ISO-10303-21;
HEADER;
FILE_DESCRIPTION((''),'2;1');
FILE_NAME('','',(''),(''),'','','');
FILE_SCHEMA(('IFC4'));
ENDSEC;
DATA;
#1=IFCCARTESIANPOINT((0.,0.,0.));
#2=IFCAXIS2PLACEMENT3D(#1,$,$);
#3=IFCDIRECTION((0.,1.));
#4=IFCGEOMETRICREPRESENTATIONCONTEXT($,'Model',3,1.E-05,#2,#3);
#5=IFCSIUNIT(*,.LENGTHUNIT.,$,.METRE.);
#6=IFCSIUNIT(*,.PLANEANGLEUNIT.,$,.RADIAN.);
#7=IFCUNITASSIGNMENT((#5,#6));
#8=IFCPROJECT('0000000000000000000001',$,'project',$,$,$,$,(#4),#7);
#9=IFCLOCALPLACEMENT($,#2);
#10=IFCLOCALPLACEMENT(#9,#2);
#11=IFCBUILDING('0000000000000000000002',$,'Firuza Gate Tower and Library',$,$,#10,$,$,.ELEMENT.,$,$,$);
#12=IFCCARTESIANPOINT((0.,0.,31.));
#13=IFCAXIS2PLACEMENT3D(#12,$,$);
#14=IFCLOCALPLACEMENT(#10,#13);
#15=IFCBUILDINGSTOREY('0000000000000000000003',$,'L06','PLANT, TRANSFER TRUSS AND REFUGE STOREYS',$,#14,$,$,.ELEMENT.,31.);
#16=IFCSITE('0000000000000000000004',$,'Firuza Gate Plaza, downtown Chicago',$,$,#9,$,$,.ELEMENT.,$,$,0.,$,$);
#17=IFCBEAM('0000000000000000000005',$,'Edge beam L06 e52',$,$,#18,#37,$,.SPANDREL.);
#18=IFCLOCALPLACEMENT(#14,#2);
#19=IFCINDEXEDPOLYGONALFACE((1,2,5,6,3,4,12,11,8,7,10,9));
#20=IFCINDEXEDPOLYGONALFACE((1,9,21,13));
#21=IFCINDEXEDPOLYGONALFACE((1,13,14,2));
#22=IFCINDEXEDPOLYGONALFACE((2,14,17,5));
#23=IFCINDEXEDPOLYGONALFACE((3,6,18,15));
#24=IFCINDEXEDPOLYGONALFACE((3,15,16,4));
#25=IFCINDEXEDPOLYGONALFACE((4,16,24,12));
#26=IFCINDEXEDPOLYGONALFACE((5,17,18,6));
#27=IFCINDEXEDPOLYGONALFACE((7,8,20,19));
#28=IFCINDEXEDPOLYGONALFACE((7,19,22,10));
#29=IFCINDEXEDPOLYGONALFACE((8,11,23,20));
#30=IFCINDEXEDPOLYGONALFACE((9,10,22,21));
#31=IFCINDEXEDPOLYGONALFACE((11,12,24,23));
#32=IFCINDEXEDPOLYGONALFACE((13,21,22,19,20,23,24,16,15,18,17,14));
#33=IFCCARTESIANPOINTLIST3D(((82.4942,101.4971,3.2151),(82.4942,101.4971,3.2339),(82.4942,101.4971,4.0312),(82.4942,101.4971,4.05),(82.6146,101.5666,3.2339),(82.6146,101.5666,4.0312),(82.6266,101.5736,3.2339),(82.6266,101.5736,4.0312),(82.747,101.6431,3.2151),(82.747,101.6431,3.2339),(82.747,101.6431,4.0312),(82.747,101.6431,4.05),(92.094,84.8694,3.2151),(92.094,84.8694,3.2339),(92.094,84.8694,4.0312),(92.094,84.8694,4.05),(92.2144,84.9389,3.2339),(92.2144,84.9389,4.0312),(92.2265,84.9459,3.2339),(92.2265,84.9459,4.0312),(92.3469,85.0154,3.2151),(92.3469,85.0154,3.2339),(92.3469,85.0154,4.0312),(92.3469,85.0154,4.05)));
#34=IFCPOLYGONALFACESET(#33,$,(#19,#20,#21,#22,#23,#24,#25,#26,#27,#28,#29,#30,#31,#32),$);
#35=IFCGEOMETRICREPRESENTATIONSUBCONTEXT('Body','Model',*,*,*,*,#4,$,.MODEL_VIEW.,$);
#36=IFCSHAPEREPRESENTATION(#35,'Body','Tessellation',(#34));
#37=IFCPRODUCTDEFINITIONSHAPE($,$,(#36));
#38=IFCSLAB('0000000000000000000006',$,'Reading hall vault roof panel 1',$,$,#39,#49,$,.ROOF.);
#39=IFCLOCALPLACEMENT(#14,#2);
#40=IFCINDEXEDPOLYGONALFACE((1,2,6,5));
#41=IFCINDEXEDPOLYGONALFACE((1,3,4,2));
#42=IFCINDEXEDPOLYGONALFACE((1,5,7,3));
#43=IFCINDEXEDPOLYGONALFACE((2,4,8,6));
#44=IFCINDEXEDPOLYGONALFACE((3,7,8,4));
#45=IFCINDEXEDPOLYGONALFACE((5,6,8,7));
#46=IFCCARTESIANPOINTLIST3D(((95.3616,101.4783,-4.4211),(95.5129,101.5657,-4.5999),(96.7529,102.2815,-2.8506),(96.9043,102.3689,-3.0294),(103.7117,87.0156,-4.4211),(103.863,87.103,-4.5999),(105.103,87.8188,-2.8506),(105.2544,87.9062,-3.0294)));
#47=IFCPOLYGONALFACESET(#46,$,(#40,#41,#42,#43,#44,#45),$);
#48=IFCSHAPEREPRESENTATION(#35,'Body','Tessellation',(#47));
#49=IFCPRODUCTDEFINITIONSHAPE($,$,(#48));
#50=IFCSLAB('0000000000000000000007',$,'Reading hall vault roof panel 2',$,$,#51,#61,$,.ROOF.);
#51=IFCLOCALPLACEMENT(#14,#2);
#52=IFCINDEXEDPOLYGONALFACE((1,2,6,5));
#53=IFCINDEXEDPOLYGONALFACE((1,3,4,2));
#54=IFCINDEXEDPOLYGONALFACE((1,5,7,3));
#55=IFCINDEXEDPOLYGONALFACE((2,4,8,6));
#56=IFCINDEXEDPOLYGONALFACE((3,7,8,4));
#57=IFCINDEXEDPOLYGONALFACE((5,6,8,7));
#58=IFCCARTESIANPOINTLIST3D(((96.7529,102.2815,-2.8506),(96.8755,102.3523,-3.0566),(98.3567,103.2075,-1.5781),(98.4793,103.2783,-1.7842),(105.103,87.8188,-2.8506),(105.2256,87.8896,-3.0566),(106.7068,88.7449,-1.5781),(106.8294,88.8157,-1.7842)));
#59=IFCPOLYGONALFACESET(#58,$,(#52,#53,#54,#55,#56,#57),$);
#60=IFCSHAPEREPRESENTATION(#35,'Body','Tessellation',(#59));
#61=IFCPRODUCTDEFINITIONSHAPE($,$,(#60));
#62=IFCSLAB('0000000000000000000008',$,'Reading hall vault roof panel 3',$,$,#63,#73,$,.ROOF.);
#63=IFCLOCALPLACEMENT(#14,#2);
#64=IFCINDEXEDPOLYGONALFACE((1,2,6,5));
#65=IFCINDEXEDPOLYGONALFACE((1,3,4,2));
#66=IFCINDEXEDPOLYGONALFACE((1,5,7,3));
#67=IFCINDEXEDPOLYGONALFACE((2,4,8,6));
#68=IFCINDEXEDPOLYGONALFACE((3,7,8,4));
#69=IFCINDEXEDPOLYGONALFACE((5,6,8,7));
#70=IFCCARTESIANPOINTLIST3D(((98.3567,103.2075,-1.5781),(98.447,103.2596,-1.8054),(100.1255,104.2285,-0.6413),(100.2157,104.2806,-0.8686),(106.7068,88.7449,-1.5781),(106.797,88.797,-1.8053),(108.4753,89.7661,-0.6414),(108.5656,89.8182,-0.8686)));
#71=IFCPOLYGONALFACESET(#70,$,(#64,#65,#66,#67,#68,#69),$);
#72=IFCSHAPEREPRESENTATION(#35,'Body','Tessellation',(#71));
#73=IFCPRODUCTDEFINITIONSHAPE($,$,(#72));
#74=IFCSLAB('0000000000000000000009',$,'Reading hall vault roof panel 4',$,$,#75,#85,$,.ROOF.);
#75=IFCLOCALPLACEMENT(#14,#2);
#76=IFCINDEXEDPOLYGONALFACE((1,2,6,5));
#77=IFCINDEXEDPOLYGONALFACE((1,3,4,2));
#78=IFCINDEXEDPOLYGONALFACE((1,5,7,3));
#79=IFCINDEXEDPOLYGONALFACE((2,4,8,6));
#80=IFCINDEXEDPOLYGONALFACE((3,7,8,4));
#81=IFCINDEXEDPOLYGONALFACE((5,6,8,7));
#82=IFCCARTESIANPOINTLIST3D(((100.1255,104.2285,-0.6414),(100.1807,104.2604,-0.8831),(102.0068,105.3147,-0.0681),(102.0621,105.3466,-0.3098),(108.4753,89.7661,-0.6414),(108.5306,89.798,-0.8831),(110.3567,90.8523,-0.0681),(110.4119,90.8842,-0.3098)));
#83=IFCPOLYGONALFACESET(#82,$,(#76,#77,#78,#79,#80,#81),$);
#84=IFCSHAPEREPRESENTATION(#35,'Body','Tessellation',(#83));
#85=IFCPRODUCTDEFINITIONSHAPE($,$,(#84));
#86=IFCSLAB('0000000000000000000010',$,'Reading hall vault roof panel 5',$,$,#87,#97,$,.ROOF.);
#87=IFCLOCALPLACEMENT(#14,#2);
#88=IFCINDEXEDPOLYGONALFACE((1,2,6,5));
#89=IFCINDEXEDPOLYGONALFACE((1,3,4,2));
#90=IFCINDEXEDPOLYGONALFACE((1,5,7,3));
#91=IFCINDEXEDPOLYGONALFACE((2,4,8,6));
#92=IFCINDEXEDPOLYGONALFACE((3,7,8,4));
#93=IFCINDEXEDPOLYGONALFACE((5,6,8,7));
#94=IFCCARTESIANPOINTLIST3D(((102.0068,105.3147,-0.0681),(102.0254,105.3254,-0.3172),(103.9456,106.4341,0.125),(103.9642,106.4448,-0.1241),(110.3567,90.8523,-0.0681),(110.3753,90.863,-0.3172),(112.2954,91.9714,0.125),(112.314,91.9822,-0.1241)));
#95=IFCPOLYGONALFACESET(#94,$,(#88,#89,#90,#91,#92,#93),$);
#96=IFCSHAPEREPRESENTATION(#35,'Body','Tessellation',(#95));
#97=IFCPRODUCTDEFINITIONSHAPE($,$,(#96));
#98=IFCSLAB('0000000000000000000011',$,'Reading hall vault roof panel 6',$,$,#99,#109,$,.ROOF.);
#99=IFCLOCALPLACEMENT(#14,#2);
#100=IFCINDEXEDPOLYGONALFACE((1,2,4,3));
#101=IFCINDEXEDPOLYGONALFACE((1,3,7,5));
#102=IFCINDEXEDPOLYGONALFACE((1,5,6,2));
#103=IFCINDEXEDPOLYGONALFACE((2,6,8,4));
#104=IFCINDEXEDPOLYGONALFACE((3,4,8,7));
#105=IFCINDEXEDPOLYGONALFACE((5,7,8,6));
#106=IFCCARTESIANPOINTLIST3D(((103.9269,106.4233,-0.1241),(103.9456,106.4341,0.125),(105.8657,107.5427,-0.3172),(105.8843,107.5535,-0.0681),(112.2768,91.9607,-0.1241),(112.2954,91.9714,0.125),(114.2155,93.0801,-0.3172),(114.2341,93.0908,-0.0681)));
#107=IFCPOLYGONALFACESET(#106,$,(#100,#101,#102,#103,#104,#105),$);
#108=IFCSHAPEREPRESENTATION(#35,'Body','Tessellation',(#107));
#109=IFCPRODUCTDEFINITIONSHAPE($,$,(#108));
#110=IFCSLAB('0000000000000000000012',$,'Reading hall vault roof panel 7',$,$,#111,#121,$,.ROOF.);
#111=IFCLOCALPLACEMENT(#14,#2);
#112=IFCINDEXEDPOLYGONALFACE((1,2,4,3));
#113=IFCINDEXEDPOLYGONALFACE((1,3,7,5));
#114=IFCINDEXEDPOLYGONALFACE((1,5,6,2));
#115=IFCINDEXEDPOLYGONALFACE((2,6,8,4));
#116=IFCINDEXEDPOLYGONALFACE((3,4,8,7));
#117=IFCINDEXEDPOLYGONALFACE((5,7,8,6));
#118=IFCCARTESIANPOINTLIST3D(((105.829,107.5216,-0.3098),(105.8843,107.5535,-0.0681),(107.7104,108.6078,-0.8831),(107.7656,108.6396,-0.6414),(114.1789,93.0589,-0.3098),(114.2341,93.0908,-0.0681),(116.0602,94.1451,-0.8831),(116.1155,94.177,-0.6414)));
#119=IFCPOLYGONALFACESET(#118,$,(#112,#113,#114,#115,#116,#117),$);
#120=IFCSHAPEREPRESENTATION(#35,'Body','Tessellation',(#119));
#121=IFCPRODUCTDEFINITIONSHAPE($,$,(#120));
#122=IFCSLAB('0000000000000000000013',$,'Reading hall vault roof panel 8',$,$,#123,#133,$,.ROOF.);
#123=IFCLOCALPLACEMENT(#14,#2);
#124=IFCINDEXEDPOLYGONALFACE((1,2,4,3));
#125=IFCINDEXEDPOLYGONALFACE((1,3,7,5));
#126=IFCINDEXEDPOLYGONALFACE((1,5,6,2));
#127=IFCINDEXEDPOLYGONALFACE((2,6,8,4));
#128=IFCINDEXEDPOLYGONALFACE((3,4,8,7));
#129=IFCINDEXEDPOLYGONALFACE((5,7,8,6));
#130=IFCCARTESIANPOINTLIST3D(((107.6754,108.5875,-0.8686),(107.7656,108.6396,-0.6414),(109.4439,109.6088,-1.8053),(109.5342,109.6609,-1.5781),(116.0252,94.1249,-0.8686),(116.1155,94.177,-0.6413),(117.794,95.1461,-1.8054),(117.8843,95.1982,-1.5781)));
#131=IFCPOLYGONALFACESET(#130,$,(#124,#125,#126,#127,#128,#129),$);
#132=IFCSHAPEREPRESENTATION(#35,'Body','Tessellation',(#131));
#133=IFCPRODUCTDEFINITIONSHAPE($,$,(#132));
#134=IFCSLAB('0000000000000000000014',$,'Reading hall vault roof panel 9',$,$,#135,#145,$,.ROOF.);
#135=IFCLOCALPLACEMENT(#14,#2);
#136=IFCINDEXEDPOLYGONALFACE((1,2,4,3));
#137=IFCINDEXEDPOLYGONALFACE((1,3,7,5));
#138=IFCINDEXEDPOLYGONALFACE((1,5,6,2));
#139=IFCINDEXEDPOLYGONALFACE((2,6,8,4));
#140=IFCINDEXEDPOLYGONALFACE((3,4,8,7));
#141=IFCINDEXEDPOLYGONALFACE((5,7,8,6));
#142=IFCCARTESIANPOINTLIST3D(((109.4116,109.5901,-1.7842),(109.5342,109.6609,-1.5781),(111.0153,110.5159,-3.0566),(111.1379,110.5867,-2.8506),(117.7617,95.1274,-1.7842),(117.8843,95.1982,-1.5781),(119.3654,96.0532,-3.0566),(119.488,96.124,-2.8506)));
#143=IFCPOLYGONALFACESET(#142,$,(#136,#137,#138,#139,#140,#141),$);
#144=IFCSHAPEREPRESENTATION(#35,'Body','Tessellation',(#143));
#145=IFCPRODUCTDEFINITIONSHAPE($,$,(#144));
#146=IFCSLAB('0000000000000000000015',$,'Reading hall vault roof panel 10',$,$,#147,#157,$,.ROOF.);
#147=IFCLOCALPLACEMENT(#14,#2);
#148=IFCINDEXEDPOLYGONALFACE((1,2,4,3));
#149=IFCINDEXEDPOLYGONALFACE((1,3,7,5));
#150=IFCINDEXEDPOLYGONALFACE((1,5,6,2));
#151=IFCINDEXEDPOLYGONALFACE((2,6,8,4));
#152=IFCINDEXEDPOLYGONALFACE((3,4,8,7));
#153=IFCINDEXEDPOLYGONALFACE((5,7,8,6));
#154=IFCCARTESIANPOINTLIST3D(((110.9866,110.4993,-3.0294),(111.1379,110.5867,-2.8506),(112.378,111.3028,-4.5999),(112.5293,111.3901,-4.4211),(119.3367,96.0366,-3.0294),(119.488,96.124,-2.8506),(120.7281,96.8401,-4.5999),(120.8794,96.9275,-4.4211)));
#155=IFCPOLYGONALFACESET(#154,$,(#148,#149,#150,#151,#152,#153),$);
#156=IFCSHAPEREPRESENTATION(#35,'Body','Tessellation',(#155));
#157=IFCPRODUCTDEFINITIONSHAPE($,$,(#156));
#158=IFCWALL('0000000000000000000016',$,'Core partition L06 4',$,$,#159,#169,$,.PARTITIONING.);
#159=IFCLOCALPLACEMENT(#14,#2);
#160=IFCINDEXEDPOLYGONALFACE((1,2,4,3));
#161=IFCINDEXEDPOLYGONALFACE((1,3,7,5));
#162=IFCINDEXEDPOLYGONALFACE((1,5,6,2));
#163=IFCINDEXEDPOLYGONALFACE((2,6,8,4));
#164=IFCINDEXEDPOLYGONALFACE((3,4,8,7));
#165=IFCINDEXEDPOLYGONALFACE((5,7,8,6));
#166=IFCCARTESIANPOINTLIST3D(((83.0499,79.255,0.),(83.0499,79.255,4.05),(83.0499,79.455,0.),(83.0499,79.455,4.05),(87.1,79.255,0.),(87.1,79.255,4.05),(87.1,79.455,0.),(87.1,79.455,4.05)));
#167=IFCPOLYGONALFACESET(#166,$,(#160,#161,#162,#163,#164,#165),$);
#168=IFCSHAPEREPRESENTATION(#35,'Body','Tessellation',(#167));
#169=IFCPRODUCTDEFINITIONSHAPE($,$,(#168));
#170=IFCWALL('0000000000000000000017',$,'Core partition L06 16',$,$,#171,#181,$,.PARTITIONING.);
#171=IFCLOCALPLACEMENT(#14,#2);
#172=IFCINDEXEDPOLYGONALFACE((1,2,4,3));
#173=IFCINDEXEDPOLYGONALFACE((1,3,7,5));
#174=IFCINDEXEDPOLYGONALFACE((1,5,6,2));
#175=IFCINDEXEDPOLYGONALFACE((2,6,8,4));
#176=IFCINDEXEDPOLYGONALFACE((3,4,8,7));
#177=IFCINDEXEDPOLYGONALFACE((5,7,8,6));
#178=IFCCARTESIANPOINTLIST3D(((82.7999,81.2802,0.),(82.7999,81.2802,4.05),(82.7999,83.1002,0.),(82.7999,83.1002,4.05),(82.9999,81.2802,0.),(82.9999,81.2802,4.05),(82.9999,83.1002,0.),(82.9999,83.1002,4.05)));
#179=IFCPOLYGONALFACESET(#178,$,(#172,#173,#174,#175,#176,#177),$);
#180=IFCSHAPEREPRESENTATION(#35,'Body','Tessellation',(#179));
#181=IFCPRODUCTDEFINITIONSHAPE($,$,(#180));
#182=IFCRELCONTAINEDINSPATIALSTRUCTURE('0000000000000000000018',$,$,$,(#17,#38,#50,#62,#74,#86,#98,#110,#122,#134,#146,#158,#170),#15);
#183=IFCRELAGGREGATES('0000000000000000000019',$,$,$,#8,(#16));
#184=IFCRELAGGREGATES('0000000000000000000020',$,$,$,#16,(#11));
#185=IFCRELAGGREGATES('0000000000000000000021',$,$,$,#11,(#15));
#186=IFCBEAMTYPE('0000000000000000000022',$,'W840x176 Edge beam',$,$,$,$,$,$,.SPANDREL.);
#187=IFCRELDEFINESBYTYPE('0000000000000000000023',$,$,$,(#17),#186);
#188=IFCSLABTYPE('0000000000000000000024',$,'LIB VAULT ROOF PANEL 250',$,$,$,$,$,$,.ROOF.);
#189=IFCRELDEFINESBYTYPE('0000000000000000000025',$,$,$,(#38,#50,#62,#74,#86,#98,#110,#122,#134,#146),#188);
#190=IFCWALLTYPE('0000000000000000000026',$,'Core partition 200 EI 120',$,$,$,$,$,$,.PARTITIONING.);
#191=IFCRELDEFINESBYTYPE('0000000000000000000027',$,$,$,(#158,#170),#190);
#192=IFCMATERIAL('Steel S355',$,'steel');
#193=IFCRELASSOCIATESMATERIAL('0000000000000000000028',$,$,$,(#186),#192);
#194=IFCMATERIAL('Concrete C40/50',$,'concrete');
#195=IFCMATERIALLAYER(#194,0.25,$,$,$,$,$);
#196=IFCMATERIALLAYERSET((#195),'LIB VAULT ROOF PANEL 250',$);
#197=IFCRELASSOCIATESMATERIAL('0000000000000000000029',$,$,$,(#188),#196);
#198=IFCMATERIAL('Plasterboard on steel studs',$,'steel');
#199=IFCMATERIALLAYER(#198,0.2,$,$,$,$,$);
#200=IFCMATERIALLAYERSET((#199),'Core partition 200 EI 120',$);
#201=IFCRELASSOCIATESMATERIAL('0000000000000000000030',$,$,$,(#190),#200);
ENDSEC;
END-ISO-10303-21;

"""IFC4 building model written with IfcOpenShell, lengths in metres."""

from ifc_helpers import new_model, si_unit, direction, frame, frame_2d, origin, origin_2d, place, context, subcontext, project, spatial, polyline, rectangle, i_section, outline, extrude, material, layer, layer_set, material_profile, profile_set, type_object, element, save


model = new_model("IFC4")

# Units and contexts
model_context = context("Model", 3, precision=1e-05, world=origin(), true_north=direction((0.0, 1.0)))
body_context = subcontext(model_context, "Body", "Model", "MODEL_VIEW")
ifc_project = project(units=[si_unit("LENGTHUNIT", "METRE"), si_unit("PLANEANGLEUNIT", "RADIAN")], contexts=[model_context])

# Site, building, storey
site_placement = place(None, origin())
site = spatial("IfcSite", under=ifc_project, at=site_placement, Name="Firuza Gate Plaza, downtown Chicago", CompositionType="ELEMENT", RefElevation=0.0)
building_placement = place(site_placement, origin())
building = spatial("IfcBuilding", under=site, at=building_placement, Name="Firuza Gate Tower and Library", CompositionType="ELEMENT")
storey_placement = place(building_placement, frame((0.0, 0.0, 31.0)))
storey = spatial("IfcBuildingStorey", under=building, at=storey_placement, Name="L06", Description="PLANT, TRANSFER TRUSS AND REFUGE STOREYS", CompositionType="ELEMENT", Elevation=31.0)

# Beam
ifc_material_1 = material(Name="Steel S355", Category="steel")
ifc_material_profile_1 = material_profile(ifc_material_1, i_section(OverallWidth=0.292, OverallDepth=0.835, WebThickness=0.0139, FlangeThickness=0.0188, at=origin_2d()))
ifc_profile_set_1 = profile_set([ifc_material_profile_1], Name="Steel S355")
beam_type_1 = type_object("IfcBeamType", Name="W840x176 Edge beam", PredefinedType="SPANDREL", material=ifc_profile_set_1)
beam_1_placement = place(storey_placement, frame((92.2205, 84.9424, 3.6326), z_axis=(-0.499994, 0.866029, 0.0), x_axis=(-0.866029, -0.499994, 0.0)))
element("IfcBeam", 1, at=beam_1_placement, inside=storey, type_object=beam_type_1, Name="Edge beam L06 e52", PredefinedType="SPANDREL", context=body_context, shape_type="SweptSolid", body=[
    extrude(i_section(OverallWidth=0.292, OverallDepth=0.835, WebThickness=0.0139, FlangeThickness=0.0188, at=origin_2d()), origin(), (0.0, 0.0, 1.0), 19.2),
])

# Slabs
ifc_material_2 = material(Name="Concrete C40/50", Category="concrete")
ifc_layer_1 = layer(ifc_material_2, 0.25)
ifc_layer_set_1 = layer_set([ifc_layer_1], Name="LIB VAULT ROOF PANEL 250")
slab_type = type_object("IfcSlabType", Name="LIB VAULT ROOF PANEL 250", PredefinedType="ROOF", material=ifc_layer_set_1)
slab_1_placement = place(storey_placement, frame((105.103, 87.8188, -2.8506), z_axis=(-0.605392, -0.349527, 0.715074), x_axis=(-0.500004, 0.866023, 0.0)))
element("IfcSlab", 2, at=slab_1_placement, inside=storey, type_object=slab_type, Name="Reading hall vault roof panel 1", PredefinedType="ROOF", context=body_context, shape_type="SweptSolid", body=[
    extrude(outline(polyline([(0.0, 0.0), (16.7001, 0.0), (16.7001, 2.2467), (0.0001, 2.2467), (0.0, 0.0)])), origin(), (0.0, 0.0, -1.0), 0.25),
])
slab_2_placement = place(storey_placement, frame((106.7068, 88.7449, -1.5781), z_axis=(-0.490437, -0.283157, 0.824193), x_axis=(-0.500004, 0.866023, 0.0)))
element("IfcSlab", 3, at=slab_2_placement, inside=storey, type_object=slab_type, Name="Reading hall vault roof panel 2", PredefinedType="ROOF", context=body_context, shape_type="SweptSolid", body=[
    extrude(outline(polyline([(0.0, 0.0), (16.7001, 0.0), (16.7, 2.2469), (-0.0001, 2.2469), (0.0, 0.0)])), origin(), (0.0, 0.0, -1.0), 0.25),
])
slab_3_placement = place(storey_placement, frame((108.4753, 89.7661, -0.6414), z_axis=(-0.361064, -0.208461, 0.908943), x_axis=(-0.5, 0.866026, 0.000001)))
element("IfcSlab", 4, at=slab_3_placement, inside=storey, type_object=slab_type, Name="Reading hall vault roof panel 3", PredefinedType="ROOF", context=body_context, shape_type="SweptSolid", body=[
    extrude(outline(polyline([(0.0, 0.0), (16.6997, 0.0), (16.6999, 2.2469), (-0.0001, 2.2468), (0.0, 0.0)])), origin(), (0.0, 0.0, -1.0), 0.25),
])
slab_4_placement = place(storey_placement, frame((110.3567, 90.8523, -0.0681), z_axis=(-0.220961, -0.127571, 0.966903), x_axis=(-0.499999, 0.866026, 0.0)))
element("IfcSlab", 5, at=slab_4_placement, inside=storey, type_object=slab_type, Name="Reading hall vault roof panel 4", PredefinedType="ROOF", context=body_context, shape_type="SweptSolid", body=[
    extrude(outline(polyline([(0.0, 0.0), (16.6997, 0.0), (16.6997, 2.2467), (0.0, 2.2467), (0.0, 0.0)])), origin(), (0.0, 0.0, -1.0), 0.25),
])
slab_5_placement = place(storey_placement, frame((112.2954, 91.9714, 0.125), z_axis=(-0.074432, -0.042973, 0.9963), x_axis=(-0.499993, 0.86603, 0.0)))
element("IfcSlab", 6, at=slab_5_placement, inside=storey, type_object=slab_type, Name="Reading hall vault roof panel 5", PredefinedType="ROOF", context=body_context, shape_type="SweptSolid", body=[
    extrude(outline(polyline([(0.0, 0.0), (16.6999, 0.0), (16.6999, 2.247), (0.0001, 2.2469), (0.0, 0.0)])), origin(), (0.0, 0.0, -1.0), 0.25),
])
slab_6_placement = place(storey_placement, frame((114.2341, 93.0908, -0.0681), z_axis=(0.07443, 0.042971, 0.9963), x_axis=(-0.499993, 0.86603, 0.0)))
element("IfcSlab", 7, at=slab_6_placement, inside=storey, type_object=slab_type, Name="Reading hall vault roof panel 6", PredefinedType="ROOF", context=body_context, shape_type="SweptSolid", body=[
    extrude(outline(polyline([(0.0, 0.0), (16.6999, 0.0), (16.6999, 2.247), (-0.0001, 2.247), (0.0, 0.0)])), origin(), (0.0, 0.0, -1.0), 0.25),
])
slab_7_placement = place(storey_placement, frame((116.1155, 94.177, -0.6414), z_axis=(0.220962, 0.12757, 0.966903), x_axis=(-0.499993, 0.86603, 0.0)))
element("IfcSlab", 8, at=slab_7_placement, inside=storey, type_object=slab_type, Name="Reading hall vault roof panel 7", PredefinedType="ROOF", context=body_context, shape_type="SweptSolid", body=[
    extrude(outline(polyline([(0.0, 0.0), (16.6999, 0.0), (16.6999, 2.2467), (0.0, 2.2467), (0.0, 0.0)])), origin(), (0.0, 0.0, -1.0), 0.25),
])
slab_8_placement = place(storey_placement, frame((117.8843, 95.1982, -1.5781), z_axis=(0.361055, 0.208455, 0.908948), x_axis=(-0.500003, 0.866024, 0.000002)))
element("IfcSlab", 9, at=slab_8_placement, inside=storey, type_object=slab_type, Name="Reading hall vault roof panel 8", PredefinedType="ROOF", context=body_context, shape_type="SweptSolid", body=[
    extrude(outline(polyline([(0.0, 0.0), (16.7001, 0.0), (16.6999, 2.2468), (0.0, 2.247), (0.0, 0.0)])), origin(), (0.0, 0.0, -1.0), 0.25),
])
slab_9_placement = place(storey_placement, frame((119.488, 96.124, -2.8506), z_axis=(0.490459, 0.283169, 0.824175), x_axis=(-0.500004, 0.866023, 0.0)))
element("IfcSlab", 10, at=slab_9_placement, inside=storey, type_object=slab_type, Name="Reading hall vault roof panel 9", PredefinedType="ROOF", context=body_context, shape_type="SweptSolid", body=[
    extrude(outline(polyline([(0.0, 0.0), (16.7001, 0.0), (16.7002, 2.2468), (0.0001, 2.2468), (0.0, 0.0)])), origin(), (0.0, 0.0, -1.0), 0.25),
])
slab_10_placement = place(storey_placement, frame((120.8794, 96.9275, -4.4211), z_axis=(0.605369, 0.349513, 0.715101), x_axis=(-0.500004, 0.866023, 0.0)))
element("IfcSlab", 11, at=slab_10_placement, inside=storey, type_object=slab_type, Name="Reading hall vault roof panel 10", PredefinedType="ROOF", context=body_context, shape_type="SweptSolid", body=[
    extrude(outline(polyline([(0.0, 0.0), (16.7001, 0.0), (16.6999, 2.2468), (-0.0001, 2.2468), (0.0, 0.0)])), origin(), (0.0, 0.0, -1.0), 0.25),
])

# Walls
ifc_material_3 = material(Name="Plasterboard on steel studs", Category="steel")
ifc_layer_2 = layer(ifc_material_3, 0.2)
ifc_layer_set_2 = layer_set([ifc_layer_2], Name="Core partition 200 EI 120")
wall_type_1 = type_object("IfcWallType", Name="Core partition 200 EI 120", PredefinedType="PARTITIONING", material=ifc_layer_set_2)
wall_1_placement = place(storey_placement, frame((83.05, 79.355, 0.0), z_axis=(0.0, 0.0, 1.0), x_axis=(1.0, 0.0, 0.0)))
element("IfcWall", 12, at=wall_1_placement, inside=storey, type_object=wall_type_1, Name="Core partition L06 4", PredefinedType="PARTITIONING", context=body_context, shape_type="SweptSolid", body=[
    extrude(rectangle(XDim=4.05, YDim=0.2, at=frame_2d((2.0249, 0.0))), origin(), (0.0, 0.0, 1.0), 4.05),
])
wall_2_placement = place(storey_placement, frame((82.8999, 81.28, 0.0), z_axis=(0.0, 0.0, 1.0), x_axis=(0.0, 1.0, 0.0)))
element("IfcWall", 13, at=wall_2_placement, inside=storey, type_object=wall_type_1, Name="Core partition L06 16", PredefinedType="PARTITIONING", context=body_context, shape_type="SweptSolid", body=[
    extrude(rectangle(XDim=1.8201, YDim=0.2, at=frame_2d((0.9102, 0.0))), origin(), (0.0, 0.0, 1.0), 4.05),
])

save(model, "model.ifc")
